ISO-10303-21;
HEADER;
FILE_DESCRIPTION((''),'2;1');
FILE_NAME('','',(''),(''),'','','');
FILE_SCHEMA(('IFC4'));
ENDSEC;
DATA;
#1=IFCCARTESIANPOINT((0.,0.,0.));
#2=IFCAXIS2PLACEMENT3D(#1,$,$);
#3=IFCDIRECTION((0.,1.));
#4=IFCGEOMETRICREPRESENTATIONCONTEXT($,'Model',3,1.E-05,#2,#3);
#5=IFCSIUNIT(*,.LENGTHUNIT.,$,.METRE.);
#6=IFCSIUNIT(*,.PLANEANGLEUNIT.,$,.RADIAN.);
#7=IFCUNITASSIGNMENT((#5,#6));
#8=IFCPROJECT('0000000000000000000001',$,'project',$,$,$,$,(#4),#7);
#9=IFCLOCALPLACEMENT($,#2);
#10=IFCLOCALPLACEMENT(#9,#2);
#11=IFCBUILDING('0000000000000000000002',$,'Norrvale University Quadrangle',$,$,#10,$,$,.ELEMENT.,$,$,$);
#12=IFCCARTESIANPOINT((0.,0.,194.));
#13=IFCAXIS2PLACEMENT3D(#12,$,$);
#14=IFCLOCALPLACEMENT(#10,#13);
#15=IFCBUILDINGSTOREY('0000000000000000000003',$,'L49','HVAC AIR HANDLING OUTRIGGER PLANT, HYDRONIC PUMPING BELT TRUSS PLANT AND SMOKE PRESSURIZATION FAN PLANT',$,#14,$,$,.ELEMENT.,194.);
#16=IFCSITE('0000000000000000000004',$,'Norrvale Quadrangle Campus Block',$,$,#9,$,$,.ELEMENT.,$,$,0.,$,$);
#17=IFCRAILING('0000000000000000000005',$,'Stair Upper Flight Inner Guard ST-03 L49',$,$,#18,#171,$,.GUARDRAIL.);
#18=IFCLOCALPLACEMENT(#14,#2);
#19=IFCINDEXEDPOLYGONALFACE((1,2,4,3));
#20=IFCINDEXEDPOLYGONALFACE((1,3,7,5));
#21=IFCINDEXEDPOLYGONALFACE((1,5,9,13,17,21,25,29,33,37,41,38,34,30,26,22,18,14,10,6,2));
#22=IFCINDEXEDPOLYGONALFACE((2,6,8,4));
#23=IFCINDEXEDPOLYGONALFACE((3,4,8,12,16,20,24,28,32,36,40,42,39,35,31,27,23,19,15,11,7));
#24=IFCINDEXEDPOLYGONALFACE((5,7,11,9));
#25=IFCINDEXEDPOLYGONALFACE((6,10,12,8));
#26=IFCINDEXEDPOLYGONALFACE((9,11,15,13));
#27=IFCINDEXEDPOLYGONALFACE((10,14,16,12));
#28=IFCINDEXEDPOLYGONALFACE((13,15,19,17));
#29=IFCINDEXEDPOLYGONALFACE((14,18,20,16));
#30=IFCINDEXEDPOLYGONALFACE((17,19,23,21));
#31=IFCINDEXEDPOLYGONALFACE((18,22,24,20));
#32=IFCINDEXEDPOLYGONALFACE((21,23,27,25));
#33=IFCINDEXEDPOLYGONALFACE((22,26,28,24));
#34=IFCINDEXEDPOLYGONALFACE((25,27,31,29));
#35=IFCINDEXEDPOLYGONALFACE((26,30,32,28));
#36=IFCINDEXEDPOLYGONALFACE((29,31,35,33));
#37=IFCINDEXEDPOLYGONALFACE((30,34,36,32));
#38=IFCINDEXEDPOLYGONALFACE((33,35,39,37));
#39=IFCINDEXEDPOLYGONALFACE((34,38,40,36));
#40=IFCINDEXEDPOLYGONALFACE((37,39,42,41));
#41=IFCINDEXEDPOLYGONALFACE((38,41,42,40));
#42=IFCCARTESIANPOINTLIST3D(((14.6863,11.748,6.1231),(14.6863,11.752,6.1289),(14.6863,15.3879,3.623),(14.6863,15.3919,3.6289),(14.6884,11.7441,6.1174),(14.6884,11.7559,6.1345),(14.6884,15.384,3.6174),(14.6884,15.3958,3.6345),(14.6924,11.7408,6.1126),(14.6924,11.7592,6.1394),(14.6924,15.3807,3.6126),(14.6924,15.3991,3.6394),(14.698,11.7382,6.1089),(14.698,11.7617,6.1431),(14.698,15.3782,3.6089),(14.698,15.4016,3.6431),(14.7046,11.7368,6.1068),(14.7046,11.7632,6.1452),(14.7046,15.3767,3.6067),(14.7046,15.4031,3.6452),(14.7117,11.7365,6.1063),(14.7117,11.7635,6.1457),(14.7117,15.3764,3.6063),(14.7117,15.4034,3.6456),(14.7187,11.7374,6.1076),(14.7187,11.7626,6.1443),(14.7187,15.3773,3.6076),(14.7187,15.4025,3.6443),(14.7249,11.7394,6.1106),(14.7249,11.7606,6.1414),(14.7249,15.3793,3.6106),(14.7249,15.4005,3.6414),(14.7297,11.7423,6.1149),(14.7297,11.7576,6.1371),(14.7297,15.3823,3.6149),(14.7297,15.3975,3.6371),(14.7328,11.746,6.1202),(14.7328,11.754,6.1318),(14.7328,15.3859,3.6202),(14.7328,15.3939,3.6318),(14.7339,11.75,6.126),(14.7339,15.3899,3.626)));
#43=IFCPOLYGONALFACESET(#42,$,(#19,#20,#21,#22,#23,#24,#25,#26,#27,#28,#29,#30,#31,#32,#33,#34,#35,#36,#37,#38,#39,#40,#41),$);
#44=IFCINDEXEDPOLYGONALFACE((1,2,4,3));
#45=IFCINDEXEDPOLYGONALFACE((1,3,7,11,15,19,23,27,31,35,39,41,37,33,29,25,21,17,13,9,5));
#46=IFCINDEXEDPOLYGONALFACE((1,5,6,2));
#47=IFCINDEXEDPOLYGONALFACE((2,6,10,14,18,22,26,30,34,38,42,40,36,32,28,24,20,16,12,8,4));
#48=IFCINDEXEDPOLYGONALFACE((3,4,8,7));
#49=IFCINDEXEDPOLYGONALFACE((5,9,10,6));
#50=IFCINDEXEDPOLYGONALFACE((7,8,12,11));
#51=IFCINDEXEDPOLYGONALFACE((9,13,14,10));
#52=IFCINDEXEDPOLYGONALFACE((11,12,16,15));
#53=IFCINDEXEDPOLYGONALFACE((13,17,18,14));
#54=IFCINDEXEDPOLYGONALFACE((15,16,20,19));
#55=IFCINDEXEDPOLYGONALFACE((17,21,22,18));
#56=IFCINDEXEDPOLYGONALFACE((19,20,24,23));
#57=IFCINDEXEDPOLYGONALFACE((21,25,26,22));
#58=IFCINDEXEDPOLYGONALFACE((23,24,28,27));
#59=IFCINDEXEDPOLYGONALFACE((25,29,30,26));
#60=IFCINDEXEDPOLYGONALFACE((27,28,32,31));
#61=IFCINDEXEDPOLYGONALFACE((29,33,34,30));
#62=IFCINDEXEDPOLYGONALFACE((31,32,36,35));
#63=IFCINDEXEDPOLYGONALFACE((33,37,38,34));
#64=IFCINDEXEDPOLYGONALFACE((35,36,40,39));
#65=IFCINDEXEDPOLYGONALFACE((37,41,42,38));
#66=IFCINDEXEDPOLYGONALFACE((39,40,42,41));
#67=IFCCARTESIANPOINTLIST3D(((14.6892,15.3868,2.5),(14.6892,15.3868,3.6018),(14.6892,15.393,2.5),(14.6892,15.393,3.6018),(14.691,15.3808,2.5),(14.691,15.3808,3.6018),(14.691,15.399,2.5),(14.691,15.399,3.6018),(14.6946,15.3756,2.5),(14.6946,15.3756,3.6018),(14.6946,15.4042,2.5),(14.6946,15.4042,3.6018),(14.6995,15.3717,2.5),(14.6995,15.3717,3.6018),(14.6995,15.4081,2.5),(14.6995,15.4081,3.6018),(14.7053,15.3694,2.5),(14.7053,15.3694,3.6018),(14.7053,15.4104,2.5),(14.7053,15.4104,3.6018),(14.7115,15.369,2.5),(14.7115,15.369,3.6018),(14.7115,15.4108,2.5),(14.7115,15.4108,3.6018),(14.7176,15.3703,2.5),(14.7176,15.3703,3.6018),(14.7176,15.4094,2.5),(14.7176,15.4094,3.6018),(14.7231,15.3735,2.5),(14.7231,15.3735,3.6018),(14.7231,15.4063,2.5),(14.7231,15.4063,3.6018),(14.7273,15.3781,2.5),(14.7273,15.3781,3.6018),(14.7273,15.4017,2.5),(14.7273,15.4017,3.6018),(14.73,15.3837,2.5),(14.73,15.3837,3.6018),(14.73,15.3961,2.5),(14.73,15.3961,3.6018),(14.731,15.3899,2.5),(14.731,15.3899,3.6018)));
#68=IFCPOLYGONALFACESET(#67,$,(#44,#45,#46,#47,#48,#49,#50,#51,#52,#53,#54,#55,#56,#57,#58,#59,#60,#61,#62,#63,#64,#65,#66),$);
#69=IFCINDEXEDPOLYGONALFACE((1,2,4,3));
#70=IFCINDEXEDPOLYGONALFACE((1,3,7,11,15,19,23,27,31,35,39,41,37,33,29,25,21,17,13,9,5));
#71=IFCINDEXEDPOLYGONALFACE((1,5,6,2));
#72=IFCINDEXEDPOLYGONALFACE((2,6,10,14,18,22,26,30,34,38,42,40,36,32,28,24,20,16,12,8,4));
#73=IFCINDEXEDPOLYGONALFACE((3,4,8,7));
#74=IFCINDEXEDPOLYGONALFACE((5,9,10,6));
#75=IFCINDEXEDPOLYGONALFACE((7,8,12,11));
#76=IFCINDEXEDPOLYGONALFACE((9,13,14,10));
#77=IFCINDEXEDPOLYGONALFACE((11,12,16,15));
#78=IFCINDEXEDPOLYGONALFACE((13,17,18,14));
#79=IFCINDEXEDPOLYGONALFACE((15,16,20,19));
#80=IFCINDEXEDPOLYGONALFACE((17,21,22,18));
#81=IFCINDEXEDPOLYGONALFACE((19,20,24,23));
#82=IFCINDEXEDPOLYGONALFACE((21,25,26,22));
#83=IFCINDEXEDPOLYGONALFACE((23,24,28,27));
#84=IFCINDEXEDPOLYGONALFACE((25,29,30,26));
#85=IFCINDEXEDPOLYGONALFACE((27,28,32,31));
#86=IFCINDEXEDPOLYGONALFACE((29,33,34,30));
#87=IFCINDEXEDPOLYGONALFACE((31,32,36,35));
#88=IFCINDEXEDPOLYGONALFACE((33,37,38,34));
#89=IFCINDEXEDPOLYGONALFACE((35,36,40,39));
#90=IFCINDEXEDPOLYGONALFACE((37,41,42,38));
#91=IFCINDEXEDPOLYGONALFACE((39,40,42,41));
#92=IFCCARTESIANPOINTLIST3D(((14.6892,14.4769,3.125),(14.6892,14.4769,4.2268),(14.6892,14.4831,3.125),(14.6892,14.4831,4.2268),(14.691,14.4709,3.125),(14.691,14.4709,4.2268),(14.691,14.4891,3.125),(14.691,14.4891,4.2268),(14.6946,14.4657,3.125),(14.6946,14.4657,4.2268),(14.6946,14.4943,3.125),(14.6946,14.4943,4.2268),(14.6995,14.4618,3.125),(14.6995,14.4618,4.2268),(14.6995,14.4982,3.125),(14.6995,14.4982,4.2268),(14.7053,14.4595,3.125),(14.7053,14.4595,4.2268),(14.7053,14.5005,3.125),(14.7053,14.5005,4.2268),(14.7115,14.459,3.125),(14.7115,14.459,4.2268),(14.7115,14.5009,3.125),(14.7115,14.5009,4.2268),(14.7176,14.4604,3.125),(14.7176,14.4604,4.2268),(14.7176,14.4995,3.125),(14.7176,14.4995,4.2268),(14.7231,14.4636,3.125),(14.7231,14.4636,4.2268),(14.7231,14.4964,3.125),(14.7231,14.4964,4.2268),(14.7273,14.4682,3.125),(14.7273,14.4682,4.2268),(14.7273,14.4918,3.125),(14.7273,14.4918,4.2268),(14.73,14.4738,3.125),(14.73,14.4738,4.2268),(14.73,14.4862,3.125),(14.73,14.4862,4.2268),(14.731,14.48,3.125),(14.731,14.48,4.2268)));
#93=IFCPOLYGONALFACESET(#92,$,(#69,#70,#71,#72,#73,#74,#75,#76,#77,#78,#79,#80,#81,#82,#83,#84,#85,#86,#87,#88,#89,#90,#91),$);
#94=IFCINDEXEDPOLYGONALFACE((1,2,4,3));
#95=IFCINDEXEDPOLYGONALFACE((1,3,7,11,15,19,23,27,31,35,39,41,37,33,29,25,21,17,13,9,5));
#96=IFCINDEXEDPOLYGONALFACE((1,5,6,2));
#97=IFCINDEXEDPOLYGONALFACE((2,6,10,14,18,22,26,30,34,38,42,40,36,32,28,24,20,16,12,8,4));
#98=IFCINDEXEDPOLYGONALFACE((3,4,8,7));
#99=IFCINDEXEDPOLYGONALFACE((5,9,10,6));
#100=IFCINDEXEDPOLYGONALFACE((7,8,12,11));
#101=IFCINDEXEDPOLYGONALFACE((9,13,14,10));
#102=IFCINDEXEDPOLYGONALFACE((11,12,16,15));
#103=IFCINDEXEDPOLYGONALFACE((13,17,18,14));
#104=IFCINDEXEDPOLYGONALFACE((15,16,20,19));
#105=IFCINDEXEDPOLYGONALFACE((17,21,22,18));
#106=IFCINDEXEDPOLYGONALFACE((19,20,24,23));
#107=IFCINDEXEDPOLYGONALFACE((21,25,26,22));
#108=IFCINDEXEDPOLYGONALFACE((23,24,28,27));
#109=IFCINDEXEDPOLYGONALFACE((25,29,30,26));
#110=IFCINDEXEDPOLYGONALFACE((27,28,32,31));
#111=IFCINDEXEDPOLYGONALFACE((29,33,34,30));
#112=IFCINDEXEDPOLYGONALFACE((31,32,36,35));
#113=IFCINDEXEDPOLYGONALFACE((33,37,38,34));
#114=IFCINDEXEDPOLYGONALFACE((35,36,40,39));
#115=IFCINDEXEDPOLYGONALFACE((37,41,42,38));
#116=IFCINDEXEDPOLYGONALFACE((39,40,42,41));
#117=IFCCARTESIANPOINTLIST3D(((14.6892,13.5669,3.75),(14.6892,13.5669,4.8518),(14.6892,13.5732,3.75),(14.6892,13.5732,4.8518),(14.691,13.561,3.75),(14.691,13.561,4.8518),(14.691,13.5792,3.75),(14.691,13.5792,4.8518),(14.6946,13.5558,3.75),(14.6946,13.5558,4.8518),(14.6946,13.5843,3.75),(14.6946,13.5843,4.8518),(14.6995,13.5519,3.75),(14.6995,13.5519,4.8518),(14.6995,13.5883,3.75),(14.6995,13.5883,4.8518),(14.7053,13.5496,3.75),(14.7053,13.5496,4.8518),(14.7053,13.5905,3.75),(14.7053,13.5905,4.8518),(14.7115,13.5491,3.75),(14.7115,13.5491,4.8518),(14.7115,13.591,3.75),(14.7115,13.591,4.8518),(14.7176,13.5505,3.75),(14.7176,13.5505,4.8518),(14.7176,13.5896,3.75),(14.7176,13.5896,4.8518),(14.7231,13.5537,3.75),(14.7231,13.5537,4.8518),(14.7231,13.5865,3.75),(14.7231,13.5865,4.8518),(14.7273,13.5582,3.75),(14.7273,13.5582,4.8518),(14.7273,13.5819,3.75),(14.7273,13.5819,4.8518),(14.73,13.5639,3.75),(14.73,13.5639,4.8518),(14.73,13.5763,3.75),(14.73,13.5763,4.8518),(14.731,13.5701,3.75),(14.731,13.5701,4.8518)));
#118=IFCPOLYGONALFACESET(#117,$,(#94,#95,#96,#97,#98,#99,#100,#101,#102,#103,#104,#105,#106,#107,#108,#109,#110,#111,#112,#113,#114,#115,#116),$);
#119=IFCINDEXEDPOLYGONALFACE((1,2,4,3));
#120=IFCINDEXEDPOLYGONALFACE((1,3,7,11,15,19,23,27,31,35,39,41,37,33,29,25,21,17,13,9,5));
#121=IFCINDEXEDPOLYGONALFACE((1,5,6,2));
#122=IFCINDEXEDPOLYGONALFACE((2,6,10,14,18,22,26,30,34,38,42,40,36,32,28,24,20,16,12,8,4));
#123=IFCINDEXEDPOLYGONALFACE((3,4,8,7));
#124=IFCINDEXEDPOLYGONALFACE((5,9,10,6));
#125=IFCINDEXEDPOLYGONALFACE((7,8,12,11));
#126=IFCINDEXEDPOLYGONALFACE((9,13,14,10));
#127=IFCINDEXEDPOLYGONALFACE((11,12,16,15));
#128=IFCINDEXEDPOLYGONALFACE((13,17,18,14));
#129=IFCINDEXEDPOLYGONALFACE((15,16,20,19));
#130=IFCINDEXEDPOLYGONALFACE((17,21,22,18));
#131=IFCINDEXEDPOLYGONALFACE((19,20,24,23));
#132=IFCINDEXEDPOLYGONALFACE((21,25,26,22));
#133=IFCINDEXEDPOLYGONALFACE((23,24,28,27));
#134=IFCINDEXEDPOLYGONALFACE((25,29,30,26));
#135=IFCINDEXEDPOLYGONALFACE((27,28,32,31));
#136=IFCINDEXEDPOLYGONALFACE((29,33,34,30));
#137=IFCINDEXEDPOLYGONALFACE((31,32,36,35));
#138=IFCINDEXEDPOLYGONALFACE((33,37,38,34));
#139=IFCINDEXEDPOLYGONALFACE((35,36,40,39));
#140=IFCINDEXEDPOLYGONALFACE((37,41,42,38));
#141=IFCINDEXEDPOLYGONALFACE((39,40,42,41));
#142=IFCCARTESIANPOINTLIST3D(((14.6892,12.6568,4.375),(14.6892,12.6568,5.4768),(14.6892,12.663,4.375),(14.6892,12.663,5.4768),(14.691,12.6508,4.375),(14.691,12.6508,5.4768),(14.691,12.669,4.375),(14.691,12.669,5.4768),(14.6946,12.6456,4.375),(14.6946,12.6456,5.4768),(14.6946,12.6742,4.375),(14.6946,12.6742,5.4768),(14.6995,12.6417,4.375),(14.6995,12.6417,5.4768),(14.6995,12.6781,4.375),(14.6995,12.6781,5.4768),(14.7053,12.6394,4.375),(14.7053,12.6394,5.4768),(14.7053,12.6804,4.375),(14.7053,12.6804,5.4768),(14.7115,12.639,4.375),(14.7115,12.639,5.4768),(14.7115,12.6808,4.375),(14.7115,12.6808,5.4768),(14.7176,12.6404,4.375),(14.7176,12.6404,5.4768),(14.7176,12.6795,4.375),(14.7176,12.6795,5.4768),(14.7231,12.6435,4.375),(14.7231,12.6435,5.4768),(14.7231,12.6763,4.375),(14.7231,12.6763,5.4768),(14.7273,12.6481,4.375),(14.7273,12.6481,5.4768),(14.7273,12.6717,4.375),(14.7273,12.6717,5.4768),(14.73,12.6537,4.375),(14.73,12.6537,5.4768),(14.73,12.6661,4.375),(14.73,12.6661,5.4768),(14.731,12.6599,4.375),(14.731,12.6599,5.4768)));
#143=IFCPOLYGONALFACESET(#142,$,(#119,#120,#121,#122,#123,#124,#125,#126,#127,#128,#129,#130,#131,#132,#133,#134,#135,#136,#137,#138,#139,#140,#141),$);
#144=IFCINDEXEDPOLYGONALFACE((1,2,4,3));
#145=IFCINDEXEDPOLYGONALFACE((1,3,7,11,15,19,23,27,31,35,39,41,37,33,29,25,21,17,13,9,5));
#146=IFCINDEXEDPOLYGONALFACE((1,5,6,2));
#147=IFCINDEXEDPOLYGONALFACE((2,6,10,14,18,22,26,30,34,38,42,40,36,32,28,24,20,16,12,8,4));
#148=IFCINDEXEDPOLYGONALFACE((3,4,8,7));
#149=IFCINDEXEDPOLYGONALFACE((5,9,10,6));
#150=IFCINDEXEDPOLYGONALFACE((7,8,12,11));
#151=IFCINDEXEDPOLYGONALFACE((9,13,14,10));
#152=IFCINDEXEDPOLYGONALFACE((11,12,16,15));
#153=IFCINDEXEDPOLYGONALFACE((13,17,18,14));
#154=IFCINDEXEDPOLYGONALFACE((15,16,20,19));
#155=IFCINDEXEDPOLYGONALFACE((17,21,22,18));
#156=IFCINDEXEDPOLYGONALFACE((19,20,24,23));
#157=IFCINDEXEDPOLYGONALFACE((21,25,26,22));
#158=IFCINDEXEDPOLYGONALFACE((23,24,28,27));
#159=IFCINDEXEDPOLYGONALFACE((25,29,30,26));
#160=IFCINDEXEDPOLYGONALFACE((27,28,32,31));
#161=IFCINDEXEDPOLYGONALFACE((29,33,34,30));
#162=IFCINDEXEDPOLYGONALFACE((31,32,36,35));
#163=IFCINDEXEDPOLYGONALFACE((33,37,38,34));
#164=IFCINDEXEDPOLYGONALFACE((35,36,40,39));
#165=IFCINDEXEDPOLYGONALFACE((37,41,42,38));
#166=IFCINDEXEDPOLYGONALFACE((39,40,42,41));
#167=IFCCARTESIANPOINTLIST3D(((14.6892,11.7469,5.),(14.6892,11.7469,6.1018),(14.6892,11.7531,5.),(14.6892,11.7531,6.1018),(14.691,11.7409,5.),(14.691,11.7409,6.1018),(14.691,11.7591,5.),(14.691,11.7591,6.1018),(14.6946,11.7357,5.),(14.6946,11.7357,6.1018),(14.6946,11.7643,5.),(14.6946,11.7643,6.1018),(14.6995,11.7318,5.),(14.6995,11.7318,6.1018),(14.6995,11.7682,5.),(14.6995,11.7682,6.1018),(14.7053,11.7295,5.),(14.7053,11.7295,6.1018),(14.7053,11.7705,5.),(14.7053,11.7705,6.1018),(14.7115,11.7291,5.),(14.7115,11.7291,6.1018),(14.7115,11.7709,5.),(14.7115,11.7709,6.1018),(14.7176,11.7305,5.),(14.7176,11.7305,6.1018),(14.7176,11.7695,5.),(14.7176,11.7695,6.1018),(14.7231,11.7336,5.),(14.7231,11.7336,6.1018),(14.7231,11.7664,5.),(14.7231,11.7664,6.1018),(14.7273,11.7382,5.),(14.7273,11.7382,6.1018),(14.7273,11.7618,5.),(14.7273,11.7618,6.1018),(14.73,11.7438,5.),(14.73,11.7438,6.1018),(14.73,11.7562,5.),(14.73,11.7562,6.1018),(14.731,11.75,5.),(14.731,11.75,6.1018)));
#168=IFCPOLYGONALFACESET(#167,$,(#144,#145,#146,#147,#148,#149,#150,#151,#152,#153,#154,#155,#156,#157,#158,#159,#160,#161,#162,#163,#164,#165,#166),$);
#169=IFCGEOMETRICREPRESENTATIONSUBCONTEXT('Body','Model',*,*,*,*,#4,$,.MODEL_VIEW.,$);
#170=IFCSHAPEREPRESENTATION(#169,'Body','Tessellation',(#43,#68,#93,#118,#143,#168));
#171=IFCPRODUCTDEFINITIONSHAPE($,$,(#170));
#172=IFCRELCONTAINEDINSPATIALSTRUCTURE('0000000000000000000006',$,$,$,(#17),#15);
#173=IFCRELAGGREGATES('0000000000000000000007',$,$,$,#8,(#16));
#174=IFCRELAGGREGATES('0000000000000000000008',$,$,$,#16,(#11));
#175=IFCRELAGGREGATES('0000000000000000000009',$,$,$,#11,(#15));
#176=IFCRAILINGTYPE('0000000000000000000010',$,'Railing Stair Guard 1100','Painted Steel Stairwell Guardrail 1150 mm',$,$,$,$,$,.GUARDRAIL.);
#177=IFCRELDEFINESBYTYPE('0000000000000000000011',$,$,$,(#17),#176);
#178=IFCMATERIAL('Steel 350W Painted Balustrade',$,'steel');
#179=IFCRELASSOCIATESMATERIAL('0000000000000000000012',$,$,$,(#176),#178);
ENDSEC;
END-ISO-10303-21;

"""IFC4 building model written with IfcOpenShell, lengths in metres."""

from ifc_helpers import new_model, si_unit, direction, frame, origin, origin_2d, place, context, subcontext, project, spatial, circle, extrude, material, type_object, element, save


model = new_model("IFC4")

# Units and contexts
model_context = context("Model", 3, precision=1e-05, world=origin(), true_north=direction((0.0, 1.0)))
body_context = subcontext(model_context, "Body", "Model", "MODEL_VIEW")
ifc_project = project(units=[si_unit("LENGTHUNIT", "METRE"), si_unit("PLANEANGLEUNIT", "RADIAN")], contexts=[model_context])

# Site, building, storey
site_placement = place(None, origin())
site = spatial("IfcSite", under=ifc_project, at=site_placement, Name="Norrvale Quadrangle Campus Block", CompositionType="ELEMENT", RefElevation=0.0)
building_placement = place(site_placement, origin())
building = spatial("IfcBuilding", under=site, at=building_placement, Name="Norrvale University Quadrangle", CompositionType="ELEMENT")
storey_placement = place(building_placement, frame((0.0, 0.0, 194.0)))
storey = spatial("IfcBuildingStorey", under=building, at=storey_placement, Name="L49", Description="HVAC AIR HANDLING OUTRIGGER PLANT, HYDRONIC PUMPING BELT TRUSS PLANT AND SMOKE PRESSURIZATION FAN PLANT", CompositionType="ELEMENT", Elevation=194.0)

# Railing
ifc_material_1 = material(Name="Steel 350W Painted Balustrade", Category="steel")
railing_type_1 = type_object("IfcRailingType", Name="Railing Stair Guard 1100", Description="Painted Steel Stairwell Guardrail 1150 mm", PredefinedType="GUARDRAIL", material=ifc_material_1)
railing_1_placement = place(storey_placement, frame((14.71, 15.3899, 2.5)))
element("IfcRailing", 1, at=railing_1_placement, inside=storey, type_object=railing_type_1, Name="Stair Upper Flight Inner Guard ST-03 L49", PredefinedType="GUARDRAIL", context=body_context, shape_type="SweptSolid", body=[
    extrude(circle(Radius=0.0239, at=origin_2d()), frame((0.0, 0.0, 1.126), z_axis=(0.0, -0.824298, 0.566156), x_axis=(1.0, 0.0, 0.0)), (0.0, 0.0, 1.0), 4.4158),
    extrude(circle(Radius=0.021, at=origin_2d()), origin(), (0.0, 0.0, 1.0), 1.1018),
    extrude(circle(Radius=0.021, at=origin_2d()), frame((0.0, -0.9099, 0.625)), (0.0, 0.0, 1.0), 1.1018),
    extrude(circle(Radius=0.021, at=origin_2d()), frame((0.0, -1.8198, 1.25)), (0.0, 0.0, 1.0), 1.1018),
    extrude(circle(Radius=0.021, at=origin_2d()), frame((0.0, -2.73, 1.875)), (0.0, 0.0, 1.0), 1.1018),
    extrude(circle(Radius=0.021, at=origin_2d()), frame((0.0, -3.6399, 2.5)), (0.0, 0.0, 1.0), 1.1018),
])

save(model, "model.ifc")
